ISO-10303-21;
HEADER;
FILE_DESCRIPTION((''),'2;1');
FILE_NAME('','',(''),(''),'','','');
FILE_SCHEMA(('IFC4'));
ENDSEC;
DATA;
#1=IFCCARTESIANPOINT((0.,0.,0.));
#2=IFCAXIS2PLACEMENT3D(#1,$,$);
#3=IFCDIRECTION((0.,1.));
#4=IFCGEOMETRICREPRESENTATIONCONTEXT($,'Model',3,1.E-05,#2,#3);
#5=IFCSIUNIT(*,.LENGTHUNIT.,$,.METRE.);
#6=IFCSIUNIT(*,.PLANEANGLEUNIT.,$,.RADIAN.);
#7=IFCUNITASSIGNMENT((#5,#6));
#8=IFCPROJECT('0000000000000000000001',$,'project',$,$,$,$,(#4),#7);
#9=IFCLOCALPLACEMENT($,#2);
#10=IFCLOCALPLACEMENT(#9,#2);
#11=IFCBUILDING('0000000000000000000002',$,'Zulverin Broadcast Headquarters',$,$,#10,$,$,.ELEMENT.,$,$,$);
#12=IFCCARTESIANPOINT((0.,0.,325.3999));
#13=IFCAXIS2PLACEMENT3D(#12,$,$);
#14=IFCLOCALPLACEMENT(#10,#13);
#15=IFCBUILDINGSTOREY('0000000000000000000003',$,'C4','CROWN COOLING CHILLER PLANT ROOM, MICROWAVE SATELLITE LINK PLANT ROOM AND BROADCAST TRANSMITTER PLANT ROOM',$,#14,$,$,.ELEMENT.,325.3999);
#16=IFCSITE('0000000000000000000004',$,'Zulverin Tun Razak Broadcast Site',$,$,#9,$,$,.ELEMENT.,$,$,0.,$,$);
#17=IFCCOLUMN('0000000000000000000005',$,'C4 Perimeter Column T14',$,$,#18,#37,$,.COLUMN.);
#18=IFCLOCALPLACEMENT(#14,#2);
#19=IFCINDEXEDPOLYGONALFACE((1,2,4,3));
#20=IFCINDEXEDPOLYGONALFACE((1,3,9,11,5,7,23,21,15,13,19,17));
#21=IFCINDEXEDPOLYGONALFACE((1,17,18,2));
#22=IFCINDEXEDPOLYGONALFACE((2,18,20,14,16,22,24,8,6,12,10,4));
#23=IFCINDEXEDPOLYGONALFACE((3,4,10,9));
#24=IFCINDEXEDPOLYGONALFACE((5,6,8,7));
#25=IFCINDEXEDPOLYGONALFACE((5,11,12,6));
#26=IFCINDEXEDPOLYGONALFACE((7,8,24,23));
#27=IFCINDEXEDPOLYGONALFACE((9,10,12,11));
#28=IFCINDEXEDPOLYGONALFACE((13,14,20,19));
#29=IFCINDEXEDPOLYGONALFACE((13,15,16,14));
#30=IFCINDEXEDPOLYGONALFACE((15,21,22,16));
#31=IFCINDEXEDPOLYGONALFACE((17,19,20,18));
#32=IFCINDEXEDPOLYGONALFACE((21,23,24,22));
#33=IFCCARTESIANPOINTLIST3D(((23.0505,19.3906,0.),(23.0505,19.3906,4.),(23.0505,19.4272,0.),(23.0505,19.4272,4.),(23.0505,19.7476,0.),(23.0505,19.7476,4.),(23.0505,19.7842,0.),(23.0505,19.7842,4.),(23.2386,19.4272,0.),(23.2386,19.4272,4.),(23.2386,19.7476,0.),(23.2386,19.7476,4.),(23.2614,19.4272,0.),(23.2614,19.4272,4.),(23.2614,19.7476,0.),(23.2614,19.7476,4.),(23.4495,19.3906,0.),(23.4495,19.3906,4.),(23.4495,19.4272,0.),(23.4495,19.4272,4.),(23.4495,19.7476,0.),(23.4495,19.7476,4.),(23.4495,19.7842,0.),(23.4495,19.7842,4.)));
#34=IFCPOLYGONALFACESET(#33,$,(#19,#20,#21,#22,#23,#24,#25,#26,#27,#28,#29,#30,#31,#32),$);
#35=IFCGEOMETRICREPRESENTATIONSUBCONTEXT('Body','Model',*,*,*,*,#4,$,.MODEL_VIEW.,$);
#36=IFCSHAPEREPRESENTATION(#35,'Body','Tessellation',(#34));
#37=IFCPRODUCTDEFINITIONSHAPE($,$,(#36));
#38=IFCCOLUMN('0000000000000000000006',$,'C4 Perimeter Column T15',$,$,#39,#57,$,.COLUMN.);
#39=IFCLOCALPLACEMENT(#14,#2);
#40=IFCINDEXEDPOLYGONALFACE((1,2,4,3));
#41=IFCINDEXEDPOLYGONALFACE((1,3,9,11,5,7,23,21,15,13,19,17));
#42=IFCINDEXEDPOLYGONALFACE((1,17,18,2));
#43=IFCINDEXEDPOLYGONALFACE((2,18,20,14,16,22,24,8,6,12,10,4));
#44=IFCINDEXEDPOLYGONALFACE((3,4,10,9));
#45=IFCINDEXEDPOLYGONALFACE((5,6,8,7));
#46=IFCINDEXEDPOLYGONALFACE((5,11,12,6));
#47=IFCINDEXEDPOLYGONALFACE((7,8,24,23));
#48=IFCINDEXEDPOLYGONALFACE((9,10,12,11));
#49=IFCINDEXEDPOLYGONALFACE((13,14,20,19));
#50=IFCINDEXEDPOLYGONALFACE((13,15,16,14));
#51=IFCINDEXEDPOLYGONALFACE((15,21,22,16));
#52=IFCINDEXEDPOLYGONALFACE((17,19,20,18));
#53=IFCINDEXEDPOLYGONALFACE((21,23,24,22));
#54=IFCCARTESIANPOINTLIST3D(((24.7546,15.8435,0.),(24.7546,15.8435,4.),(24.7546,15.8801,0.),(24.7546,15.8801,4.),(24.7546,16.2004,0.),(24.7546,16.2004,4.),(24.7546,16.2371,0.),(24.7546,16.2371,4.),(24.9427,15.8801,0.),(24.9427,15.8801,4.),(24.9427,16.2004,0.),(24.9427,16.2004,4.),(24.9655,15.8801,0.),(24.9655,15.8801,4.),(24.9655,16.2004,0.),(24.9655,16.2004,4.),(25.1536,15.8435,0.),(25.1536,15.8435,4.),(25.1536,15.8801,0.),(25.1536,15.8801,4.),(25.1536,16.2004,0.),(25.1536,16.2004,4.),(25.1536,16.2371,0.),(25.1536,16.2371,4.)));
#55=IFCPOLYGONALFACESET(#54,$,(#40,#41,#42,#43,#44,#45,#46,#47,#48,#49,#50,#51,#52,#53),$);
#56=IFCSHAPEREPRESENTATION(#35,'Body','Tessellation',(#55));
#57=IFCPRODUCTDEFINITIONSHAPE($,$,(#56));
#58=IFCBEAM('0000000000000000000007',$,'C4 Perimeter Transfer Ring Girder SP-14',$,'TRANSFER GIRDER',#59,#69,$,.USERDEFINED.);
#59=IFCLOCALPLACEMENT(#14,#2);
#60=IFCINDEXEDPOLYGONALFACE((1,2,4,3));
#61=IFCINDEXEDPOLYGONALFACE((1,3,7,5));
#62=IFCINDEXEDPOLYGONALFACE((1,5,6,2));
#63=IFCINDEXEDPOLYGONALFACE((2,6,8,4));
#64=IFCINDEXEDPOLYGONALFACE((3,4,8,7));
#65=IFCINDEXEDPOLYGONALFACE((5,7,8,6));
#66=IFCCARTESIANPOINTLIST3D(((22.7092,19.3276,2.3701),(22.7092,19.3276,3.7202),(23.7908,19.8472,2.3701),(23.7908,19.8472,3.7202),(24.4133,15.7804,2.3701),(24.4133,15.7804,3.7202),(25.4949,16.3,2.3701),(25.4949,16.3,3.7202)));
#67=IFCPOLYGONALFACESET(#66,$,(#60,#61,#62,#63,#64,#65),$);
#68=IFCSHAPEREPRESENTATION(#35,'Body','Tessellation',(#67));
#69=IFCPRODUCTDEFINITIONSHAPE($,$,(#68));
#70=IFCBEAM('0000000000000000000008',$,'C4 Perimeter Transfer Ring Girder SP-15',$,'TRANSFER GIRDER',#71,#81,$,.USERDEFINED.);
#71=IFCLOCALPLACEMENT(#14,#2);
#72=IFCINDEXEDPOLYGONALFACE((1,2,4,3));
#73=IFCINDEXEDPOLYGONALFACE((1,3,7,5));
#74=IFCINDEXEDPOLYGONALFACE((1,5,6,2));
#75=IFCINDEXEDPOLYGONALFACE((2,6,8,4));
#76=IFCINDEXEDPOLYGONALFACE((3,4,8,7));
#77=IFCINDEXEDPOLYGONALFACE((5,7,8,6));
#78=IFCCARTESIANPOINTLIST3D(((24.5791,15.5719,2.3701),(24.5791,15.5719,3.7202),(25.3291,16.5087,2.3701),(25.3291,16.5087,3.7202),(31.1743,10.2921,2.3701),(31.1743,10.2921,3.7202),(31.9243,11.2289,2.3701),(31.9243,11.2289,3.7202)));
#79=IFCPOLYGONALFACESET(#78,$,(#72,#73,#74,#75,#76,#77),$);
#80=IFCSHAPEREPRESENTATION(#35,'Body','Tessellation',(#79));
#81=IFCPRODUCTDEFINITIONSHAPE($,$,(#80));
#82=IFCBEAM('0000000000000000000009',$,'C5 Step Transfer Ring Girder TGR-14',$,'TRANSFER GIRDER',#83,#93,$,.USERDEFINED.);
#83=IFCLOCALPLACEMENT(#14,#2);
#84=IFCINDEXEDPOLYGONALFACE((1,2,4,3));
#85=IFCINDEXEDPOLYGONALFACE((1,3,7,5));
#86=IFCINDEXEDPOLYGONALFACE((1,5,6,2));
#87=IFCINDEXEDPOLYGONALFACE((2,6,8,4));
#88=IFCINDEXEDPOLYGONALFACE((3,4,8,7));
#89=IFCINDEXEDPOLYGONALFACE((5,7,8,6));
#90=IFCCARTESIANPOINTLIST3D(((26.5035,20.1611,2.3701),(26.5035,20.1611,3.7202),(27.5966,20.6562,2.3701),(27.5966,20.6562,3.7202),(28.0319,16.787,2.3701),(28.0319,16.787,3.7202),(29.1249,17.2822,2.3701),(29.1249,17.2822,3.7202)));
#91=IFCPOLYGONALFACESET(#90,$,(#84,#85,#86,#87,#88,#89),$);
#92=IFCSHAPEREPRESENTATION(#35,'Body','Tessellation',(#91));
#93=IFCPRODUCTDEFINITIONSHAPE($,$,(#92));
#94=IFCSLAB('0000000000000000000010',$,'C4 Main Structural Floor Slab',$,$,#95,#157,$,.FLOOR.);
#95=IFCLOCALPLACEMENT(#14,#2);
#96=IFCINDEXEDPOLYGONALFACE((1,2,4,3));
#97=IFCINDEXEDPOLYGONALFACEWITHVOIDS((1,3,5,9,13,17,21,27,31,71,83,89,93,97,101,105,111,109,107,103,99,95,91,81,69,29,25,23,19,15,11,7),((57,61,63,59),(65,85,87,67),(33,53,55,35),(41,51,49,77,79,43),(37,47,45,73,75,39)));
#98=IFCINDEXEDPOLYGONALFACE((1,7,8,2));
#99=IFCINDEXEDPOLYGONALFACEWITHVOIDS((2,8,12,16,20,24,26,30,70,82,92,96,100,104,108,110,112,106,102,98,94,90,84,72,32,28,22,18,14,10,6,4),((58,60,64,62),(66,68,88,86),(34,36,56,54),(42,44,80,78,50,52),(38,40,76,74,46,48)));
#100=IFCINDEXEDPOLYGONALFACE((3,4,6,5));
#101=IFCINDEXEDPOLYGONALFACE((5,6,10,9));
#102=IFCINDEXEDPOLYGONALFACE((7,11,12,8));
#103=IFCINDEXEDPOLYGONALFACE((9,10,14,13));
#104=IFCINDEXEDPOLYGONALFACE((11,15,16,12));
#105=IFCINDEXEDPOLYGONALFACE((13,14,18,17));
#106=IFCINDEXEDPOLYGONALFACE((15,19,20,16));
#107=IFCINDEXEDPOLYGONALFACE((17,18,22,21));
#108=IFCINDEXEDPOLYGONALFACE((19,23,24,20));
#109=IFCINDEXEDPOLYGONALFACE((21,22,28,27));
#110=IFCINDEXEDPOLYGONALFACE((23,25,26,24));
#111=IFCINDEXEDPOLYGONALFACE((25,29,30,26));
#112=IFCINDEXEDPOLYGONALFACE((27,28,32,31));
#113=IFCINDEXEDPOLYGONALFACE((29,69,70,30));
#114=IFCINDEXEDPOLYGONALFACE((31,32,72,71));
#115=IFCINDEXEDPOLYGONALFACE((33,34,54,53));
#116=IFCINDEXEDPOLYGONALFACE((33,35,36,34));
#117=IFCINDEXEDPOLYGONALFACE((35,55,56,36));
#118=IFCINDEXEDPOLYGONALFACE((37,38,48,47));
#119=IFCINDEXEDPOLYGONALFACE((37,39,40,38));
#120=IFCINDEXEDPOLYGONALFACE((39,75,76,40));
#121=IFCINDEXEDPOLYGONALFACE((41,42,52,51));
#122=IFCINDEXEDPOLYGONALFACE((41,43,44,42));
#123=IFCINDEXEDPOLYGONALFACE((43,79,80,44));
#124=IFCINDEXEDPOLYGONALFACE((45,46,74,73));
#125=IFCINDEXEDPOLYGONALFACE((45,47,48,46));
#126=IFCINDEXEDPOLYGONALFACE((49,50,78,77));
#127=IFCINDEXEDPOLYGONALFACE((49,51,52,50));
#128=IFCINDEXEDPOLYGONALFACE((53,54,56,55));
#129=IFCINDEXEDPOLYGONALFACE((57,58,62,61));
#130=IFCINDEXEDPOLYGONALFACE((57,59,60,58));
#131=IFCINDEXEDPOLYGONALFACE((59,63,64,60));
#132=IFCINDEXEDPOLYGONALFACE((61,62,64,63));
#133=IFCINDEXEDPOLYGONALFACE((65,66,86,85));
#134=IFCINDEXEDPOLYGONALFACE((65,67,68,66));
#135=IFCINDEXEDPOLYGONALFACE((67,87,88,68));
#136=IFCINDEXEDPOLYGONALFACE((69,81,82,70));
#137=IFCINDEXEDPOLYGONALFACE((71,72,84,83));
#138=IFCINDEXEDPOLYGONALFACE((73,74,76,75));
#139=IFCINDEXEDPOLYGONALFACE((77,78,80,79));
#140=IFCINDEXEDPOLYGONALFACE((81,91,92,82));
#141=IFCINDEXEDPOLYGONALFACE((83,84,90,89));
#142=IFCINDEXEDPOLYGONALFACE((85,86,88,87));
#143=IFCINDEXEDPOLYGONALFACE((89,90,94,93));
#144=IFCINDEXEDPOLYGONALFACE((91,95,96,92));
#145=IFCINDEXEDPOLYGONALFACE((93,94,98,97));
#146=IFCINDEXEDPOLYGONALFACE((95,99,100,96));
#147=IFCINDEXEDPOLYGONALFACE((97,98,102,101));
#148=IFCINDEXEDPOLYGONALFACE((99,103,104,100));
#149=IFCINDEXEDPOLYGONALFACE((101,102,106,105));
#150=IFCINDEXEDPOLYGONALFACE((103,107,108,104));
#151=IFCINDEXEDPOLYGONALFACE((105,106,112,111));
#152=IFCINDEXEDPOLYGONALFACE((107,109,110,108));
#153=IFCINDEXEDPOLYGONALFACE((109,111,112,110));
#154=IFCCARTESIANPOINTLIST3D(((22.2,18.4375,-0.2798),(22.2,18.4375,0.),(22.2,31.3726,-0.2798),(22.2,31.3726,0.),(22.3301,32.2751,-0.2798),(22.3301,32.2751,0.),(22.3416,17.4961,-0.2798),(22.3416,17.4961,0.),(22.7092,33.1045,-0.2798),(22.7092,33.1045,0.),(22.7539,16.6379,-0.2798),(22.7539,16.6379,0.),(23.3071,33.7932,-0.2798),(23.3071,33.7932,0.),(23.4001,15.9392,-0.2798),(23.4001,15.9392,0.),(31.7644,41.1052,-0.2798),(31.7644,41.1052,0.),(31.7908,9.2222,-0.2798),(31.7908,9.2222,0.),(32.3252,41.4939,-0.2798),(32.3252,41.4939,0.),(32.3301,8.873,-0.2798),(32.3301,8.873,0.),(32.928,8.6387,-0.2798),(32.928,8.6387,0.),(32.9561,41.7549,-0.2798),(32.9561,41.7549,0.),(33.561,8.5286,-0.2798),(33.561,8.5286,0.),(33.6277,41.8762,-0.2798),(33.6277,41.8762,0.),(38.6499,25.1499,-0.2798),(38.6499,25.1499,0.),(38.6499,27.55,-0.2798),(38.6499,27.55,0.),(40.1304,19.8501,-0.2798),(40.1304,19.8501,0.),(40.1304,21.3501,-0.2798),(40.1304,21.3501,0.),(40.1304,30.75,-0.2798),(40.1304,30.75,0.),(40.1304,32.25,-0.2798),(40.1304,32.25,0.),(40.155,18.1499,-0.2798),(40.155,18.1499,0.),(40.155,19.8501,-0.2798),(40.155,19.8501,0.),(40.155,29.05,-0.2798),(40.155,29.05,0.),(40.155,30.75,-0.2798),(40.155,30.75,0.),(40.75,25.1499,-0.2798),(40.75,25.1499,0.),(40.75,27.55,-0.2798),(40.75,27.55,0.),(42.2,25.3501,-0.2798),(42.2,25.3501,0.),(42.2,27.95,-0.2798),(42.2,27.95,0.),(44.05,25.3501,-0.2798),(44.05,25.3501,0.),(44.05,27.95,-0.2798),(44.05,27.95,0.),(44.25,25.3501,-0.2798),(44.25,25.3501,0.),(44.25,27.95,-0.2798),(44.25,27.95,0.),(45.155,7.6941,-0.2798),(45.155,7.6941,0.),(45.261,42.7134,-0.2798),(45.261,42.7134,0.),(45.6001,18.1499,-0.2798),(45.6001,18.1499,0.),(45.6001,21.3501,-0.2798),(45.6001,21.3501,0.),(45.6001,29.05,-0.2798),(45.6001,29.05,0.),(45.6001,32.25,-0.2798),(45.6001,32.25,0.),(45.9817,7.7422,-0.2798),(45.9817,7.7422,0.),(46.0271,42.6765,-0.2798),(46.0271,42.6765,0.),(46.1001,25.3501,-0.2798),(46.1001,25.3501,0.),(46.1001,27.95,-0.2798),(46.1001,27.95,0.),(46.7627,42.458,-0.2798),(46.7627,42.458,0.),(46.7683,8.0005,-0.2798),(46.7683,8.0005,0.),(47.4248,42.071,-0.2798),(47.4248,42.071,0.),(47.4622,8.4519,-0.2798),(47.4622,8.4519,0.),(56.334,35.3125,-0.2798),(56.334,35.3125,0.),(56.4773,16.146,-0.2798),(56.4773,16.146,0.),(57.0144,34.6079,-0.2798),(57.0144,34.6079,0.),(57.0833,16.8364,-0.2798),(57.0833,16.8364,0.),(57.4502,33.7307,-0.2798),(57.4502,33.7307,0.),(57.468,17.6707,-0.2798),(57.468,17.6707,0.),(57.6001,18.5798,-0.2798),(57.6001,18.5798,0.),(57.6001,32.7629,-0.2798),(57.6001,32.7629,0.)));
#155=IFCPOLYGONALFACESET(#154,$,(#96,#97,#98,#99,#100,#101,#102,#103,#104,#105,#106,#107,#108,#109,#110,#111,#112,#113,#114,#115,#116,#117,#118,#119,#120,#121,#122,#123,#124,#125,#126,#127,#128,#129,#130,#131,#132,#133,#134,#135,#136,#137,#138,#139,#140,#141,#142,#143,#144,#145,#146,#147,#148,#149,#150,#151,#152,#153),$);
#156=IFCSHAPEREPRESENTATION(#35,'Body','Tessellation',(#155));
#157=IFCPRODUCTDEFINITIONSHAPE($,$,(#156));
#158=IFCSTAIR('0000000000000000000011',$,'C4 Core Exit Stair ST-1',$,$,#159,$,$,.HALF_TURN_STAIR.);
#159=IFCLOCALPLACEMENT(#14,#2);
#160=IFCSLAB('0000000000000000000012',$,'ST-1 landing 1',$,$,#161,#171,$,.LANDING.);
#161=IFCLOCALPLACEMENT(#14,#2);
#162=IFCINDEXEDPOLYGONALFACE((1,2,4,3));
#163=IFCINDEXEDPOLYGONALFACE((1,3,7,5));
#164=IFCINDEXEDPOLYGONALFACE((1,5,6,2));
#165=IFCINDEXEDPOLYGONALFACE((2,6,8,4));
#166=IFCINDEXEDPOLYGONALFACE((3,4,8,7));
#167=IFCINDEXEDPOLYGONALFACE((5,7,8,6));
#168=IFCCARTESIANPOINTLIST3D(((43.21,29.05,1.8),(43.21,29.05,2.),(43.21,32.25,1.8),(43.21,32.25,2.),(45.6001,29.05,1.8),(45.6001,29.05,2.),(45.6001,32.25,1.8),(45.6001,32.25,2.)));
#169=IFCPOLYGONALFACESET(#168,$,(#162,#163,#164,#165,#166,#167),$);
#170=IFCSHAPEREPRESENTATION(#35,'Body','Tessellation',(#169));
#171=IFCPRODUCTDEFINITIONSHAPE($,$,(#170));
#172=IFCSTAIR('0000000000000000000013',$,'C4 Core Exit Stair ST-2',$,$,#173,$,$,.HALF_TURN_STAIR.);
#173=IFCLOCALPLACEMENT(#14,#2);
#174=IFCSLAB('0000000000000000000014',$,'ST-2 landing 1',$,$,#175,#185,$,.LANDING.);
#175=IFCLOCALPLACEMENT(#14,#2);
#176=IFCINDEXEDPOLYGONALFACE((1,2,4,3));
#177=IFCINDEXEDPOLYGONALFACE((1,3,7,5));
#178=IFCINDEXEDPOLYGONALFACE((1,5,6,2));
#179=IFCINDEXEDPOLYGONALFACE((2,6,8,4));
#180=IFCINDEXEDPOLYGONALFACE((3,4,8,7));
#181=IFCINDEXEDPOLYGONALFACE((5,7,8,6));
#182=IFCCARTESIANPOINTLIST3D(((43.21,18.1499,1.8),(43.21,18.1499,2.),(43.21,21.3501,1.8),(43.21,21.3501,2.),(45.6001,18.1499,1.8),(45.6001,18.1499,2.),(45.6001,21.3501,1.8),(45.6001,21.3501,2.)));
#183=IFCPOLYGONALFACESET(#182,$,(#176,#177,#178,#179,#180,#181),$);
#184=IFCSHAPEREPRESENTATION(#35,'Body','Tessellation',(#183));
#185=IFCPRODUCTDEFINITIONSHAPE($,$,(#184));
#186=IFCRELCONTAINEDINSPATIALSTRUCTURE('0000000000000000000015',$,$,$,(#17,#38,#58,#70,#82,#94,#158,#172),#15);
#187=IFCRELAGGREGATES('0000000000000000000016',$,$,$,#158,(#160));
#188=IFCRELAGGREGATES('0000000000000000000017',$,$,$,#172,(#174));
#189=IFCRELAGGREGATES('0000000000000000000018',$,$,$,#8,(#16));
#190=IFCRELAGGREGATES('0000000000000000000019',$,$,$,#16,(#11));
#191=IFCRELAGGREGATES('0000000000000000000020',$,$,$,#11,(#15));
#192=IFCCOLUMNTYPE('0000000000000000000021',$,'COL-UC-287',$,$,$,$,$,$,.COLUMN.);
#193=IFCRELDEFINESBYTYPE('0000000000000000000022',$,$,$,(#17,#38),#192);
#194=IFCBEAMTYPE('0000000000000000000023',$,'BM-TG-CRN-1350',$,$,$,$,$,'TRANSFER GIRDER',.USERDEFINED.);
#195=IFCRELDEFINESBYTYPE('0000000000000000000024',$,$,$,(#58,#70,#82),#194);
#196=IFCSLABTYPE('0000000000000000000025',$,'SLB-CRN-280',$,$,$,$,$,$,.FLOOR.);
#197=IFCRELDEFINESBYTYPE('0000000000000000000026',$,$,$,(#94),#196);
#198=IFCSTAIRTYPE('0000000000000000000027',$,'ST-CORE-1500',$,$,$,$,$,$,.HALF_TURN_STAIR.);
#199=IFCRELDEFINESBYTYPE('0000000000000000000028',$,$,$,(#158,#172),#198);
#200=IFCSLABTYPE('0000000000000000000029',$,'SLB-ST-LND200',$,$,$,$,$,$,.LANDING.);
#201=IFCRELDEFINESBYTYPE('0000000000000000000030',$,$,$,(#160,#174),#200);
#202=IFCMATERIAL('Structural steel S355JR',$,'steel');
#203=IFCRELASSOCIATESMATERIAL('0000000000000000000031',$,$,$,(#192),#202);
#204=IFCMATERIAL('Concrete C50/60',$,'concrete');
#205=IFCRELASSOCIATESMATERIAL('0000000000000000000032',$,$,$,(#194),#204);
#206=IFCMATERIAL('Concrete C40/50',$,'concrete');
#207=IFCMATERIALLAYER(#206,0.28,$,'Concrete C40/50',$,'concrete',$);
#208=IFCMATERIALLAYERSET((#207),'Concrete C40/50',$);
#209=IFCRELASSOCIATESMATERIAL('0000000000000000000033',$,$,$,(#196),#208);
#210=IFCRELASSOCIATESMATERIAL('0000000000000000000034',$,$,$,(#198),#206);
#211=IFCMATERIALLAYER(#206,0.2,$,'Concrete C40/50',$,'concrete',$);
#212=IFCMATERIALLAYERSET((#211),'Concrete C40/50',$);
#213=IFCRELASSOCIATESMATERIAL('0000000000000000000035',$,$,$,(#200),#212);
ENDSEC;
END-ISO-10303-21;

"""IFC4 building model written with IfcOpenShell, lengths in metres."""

from ifc_helpers import new_model, si_unit, direction, frame, origin, origin_2d, place, context, subcontext, project, spatial, polyline, rectangle, i_section, outline, extrude, material, layer, layer_set, material_profile, profile_set, type_object, element, aggregate, save


model = new_model("IFC4")

# Units and contexts
model_context = context("Model", 3, precision=1e-05, world=origin(), true_north=direction((0.0, 1.0)))
body_context = subcontext(model_context, "Body", "Model", "MODEL_VIEW")
ifc_project = project(units=[si_unit("LENGTHUNIT", "METRE"), si_unit("PLANEANGLEUNIT", "RADIAN")], contexts=[model_context])

# Site, building, storey
site_placement = place(None, origin())
site = spatial("IfcSite", under=ifc_project, at=site_placement, Name="Zulverin Tun Razak Broadcast Site", CompositionType="ELEMENT", RefElevation=0.0)
building_placement = place(site_placement, origin())
building = spatial("IfcBuilding", under=site, at=building_placement, Name="Zulverin Broadcast Headquarters", CompositionType="ELEMENT")
storey_placement = place(building_placement, frame((0.0, 0.0, 325.3999)))
storey = spatial("IfcBuildingStorey", under=building, at=storey_placement, Name="C4", Description="CROWN COOLING CHILLER PLANT ROOM, MICROWAVE SATELLITE LINK PLANT ROOM AND BROADCAST TRANSMITTER PLANT ROOM", CompositionType="ELEMENT", Elevation=325.3999)

# Columns
ifc_material_1 = material(Name="Structural steel S355JR", Category="steel")
ifc_material_profile_1 = material_profile(ifc_material_1, i_section(OverallWidth=0.3989, OverallDepth=0.3936, WebThickness=0.0227, FlangeThickness=0.0366, at=origin_2d()), Name="Structural steel S355JR", Category="steel")
ifc_profile_set_1 = profile_set([ifc_material_profile_1], Name="Structural steel S355JR")
column_type = type_object("IfcColumnType", Name="COL-UC-287", PredefinedType="COLUMN", material=ifc_profile_set_1)
for number, where, z_axis, x_axis, name in (
    (1, (23.25, 19.5874, 0.0), (0.0, 0.0, 1.0), (1.0, 0.0, 0.0), "C4 Perimeter Column T14"),
    (2, (24.9541, 16.0403, 0.0), (0.0, 0.0, 1.0), (1.0, 0.0, 0.0), "C4 Perimeter Column T15"),
):
    element("IfcColumn", number, at=place(storey_placement, frame(where, z_axis=z_axis, x_axis=x_axis)), inside=storey, type_object=column_type, Name=name, PredefinedType="COLUMN", context=body_context, shape_type="SweptSolid", body=[
        extrude(i_section(OverallWidth=0.3989, OverallDepth=0.3936, WebThickness=0.0227, FlangeThickness=0.0366, at=origin_2d()), origin(), (0.0, 0.0, 1.0), 4.0),
    ])

# Beams
ifc_material_2 = material(Name="Concrete C50/60", Category="concrete")
ifc_material_profile_2 = material_profile(ifc_material_2, rectangle(XDim=1.2, YDim=1.3501, at=origin_2d()), Name="Concrete C50/60", Category="concrete")
ifc_profile_set_2 = profile_set([ifc_material_profile_2], Name="Concrete C50/60")
beam_type = type_object("IfcBeamType", Name="BM-TG-CRN-1350", ElementType="TRANSFER GIRDER", PredefinedType="USERDEFINED", material=ifc_profile_set_2)
beam_1_placement = place(storey_placement, frame((23.25, 19.5874, 3.0452), z_axis=(0.433038, -0.901376, 0.0), x_axis=(0.901376, 0.433038, 0.0)))
element("IfcBeam", 3, at=beam_1_placement, inside=storey, type_object=beam_type, Name="C4 Perimeter Transfer Ring Girder SP-14", ObjectType="TRANSFER GIRDER", PredefinedType="USERDEFINED", context=body_context, shape_type="SweptSolid", body=[
    extrude(rectangle(XDim=1.2, YDim=1.3501, at=origin_2d()), origin(), (0.0, 0.0, 1.0), 3.9353),
])
beam_2_placement = place(storey_placement, frame((24.9541, 16.0403, 3.0452), z_axis=(0.78066, -0.624956, 0.0), x_axis=(0.624956, 0.78066, 0.0)))
element("IfcBeam", 4, at=beam_2_placement, inside=storey, type_object=beam_type, Name="C4 Perimeter Transfer Ring Girder SP-15", ObjectType="TRANSFER GIRDER", PredefinedType="USERDEFINED", context=body_context, shape_type="SweptSolid", body=[
    extrude(rectangle(XDim=1.2, YDim=1.3501, at=origin_2d()), origin(), (0.0, 0.0, 1.0), 8.4482),
])
beam_3_placement = place(storey_placement, frame((27.05, 20.4087, 3.0452), z_axis=(0.412611, -0.910907, 0.0), x_axis=(0.910907, 0.412611, 0.0)))
element("IfcBeam", 5, at=beam_3_placement, inside=storey, type_object=beam_type, Name="C5 Step Transfer Ring Girder TGR-14", ObjectType="TRANSFER GIRDER", PredefinedType="USERDEFINED", context=body_context, shape_type="SweptSolid", body=[
    extrude(rectangle(XDim=1.2, YDim=1.3501, at=origin_2d()), origin(), (0.0, 0.0, 1.0), 3.7041),
])

# Slab
ifc_material_3 = material(Name="Concrete C40/50", Category="concrete")
ifc_layer_1 = layer(ifc_material_3, 0.28, Name="Concrete C40/50", Category="concrete")
ifc_layer_set_1 = layer_set([ifc_layer_1], Name="Concrete C40/50")
slab_type_1 = type_object("IfcSlabType", Name="SLB-CRN-280", PredefinedType="FLOOR", material=ifc_layer_set_1)
slab_1_placement = place(storey_placement, frame((0.0, 0.0, -0.2798)))
element("IfcSlab", 6, at=slab_1_placement, inside=storey, type_object=slab_type_1, Name="C4 Main Structural Floor Slab", PredefinedType="FLOOR", context=body_context, shape_type="SweptSolid", body=[
    extrude(outline(polyline([(31.7908, 9.2222), (32.3301, 8.873), (32.928, 8.6387), (33.561, 8.5286), (45.155, 7.6941), (45.9817, 7.7422), (46.7683, 8.0005), (47.4622, 8.4519), (56.4773, 16.146), (57.0833, 16.8364), (57.468, 17.6707), (57.6001, 18.5798), (57.6001, 32.7629), (57.4502, 33.7307), (57.0144, 34.6079), (56.334, 35.3125), (47.4248, 42.071), (46.7627, 42.458), (46.0271, 42.6765), (45.261, 42.7134), (33.6277, 41.8762), (32.9561, 41.7549), (32.3252, 41.4939), (31.7644, 41.1052), (23.3071, 33.7932), (22.7092, 33.1045), (22.3301, 32.2751), (22.2, 31.3726), (22.2, 18.4375), (22.3416, 17.4961), (22.7539, 16.6379), (23.4001, 15.9392), (31.7908, 9.2222)]), holes=[polyline([(40.155, 30.75), (40.1304, 30.75), (40.1304, 32.25), (45.6001, 32.25), (45.6001, 29.05), (40.155, 29.05), (40.155, 30.75)]), polyline([(40.155, 19.8501), (40.1304, 19.8501), (40.1304, 21.3501), (45.6001, 21.3501), (45.6001, 18.1499), (40.155, 18.1499), (40.155, 19.8501)]), polyline([(42.2, 25.3501), (44.05, 25.3501), (44.05, 27.95), (42.2, 27.95), (42.2, 25.3501)]), polyline([(44.25, 25.3501), (46.1001, 25.3501), (46.1001, 27.95), (44.25, 27.95), (44.25, 25.3501)]), polyline([(38.6499, 25.1499), (40.75, 25.1499), (40.75, 27.55), (38.6499, 27.55), (38.6499, 25.1499)])]), origin(), (0.0, 0.0, 1.0), 0.2798),
])

# Stairs, slabs
stair_type = type_object("IfcStairType", Name="ST-CORE-1500", PredefinedType="HALF_TURN_STAIR", material=ifc_material_3)
stair_1_placement = place(storey_placement, origin())
stair_1 = element("IfcStair", 7, at=stair_1_placement, inside=storey, type_object=stair_type, Name="C4 Core Exit Stair ST-1", PredefinedType="HALF_TURN_STAIR")
ifc_layer_2 = layer(ifc_material_3, 0.2, Name="Concrete C40/50", Category="concrete")
ifc_layer_set_2 = layer_set([ifc_layer_2], Name="Concrete C40/50")
slab_type_2 = type_object("IfcSlabType", Name="SLB-ST-LND200", PredefinedType="LANDING", material=ifc_layer_set_2)
slab_2_placement = place(storey_placement, frame((0.0, 0.0, 1.8)))
slab_2 = element("IfcSlab", 8, at=slab_2_placement, type_object=slab_type_2, Name="ST-1 landing 1", PredefinedType="LANDING", context=body_context, shape_type="SweptSolid", body=[
    extrude(outline(polyline([(43.21, 29.05), (45.6001, 29.05), (45.6001, 32.25), (43.21, 32.25), (43.21, 29.05)])), origin(), (0.0, 0.0, 1.0), 0.2),
])
aggregate(stair_1, [slab_2])
stair_2_placement = place(storey_placement, origin())
stair_2 = element("IfcStair", 9, at=stair_2_placement, inside=storey, type_object=stair_type, Name="C4 Core Exit Stair ST-2", PredefinedType="HALF_TURN_STAIR")
slab_3_placement = place(storey_placement, frame((0.0, 0.0, 1.8)))
slab_3 = element("IfcSlab", 10, at=slab_3_placement, type_object=slab_type_2, Name="ST-2 landing 1", PredefinedType="LANDING", context=body_context, shape_type="SweptSolid", body=[
    extrude(outline(polyline([(43.21, 18.1499), (45.6001, 18.1499), (45.6001, 21.3501), (43.21, 21.3501), (43.21, 18.1499)])), origin(), (0.0, 0.0, 1.0), 0.2),
])
aggregate(stair_2, [slab_3])

save(model, "model.ifc")
